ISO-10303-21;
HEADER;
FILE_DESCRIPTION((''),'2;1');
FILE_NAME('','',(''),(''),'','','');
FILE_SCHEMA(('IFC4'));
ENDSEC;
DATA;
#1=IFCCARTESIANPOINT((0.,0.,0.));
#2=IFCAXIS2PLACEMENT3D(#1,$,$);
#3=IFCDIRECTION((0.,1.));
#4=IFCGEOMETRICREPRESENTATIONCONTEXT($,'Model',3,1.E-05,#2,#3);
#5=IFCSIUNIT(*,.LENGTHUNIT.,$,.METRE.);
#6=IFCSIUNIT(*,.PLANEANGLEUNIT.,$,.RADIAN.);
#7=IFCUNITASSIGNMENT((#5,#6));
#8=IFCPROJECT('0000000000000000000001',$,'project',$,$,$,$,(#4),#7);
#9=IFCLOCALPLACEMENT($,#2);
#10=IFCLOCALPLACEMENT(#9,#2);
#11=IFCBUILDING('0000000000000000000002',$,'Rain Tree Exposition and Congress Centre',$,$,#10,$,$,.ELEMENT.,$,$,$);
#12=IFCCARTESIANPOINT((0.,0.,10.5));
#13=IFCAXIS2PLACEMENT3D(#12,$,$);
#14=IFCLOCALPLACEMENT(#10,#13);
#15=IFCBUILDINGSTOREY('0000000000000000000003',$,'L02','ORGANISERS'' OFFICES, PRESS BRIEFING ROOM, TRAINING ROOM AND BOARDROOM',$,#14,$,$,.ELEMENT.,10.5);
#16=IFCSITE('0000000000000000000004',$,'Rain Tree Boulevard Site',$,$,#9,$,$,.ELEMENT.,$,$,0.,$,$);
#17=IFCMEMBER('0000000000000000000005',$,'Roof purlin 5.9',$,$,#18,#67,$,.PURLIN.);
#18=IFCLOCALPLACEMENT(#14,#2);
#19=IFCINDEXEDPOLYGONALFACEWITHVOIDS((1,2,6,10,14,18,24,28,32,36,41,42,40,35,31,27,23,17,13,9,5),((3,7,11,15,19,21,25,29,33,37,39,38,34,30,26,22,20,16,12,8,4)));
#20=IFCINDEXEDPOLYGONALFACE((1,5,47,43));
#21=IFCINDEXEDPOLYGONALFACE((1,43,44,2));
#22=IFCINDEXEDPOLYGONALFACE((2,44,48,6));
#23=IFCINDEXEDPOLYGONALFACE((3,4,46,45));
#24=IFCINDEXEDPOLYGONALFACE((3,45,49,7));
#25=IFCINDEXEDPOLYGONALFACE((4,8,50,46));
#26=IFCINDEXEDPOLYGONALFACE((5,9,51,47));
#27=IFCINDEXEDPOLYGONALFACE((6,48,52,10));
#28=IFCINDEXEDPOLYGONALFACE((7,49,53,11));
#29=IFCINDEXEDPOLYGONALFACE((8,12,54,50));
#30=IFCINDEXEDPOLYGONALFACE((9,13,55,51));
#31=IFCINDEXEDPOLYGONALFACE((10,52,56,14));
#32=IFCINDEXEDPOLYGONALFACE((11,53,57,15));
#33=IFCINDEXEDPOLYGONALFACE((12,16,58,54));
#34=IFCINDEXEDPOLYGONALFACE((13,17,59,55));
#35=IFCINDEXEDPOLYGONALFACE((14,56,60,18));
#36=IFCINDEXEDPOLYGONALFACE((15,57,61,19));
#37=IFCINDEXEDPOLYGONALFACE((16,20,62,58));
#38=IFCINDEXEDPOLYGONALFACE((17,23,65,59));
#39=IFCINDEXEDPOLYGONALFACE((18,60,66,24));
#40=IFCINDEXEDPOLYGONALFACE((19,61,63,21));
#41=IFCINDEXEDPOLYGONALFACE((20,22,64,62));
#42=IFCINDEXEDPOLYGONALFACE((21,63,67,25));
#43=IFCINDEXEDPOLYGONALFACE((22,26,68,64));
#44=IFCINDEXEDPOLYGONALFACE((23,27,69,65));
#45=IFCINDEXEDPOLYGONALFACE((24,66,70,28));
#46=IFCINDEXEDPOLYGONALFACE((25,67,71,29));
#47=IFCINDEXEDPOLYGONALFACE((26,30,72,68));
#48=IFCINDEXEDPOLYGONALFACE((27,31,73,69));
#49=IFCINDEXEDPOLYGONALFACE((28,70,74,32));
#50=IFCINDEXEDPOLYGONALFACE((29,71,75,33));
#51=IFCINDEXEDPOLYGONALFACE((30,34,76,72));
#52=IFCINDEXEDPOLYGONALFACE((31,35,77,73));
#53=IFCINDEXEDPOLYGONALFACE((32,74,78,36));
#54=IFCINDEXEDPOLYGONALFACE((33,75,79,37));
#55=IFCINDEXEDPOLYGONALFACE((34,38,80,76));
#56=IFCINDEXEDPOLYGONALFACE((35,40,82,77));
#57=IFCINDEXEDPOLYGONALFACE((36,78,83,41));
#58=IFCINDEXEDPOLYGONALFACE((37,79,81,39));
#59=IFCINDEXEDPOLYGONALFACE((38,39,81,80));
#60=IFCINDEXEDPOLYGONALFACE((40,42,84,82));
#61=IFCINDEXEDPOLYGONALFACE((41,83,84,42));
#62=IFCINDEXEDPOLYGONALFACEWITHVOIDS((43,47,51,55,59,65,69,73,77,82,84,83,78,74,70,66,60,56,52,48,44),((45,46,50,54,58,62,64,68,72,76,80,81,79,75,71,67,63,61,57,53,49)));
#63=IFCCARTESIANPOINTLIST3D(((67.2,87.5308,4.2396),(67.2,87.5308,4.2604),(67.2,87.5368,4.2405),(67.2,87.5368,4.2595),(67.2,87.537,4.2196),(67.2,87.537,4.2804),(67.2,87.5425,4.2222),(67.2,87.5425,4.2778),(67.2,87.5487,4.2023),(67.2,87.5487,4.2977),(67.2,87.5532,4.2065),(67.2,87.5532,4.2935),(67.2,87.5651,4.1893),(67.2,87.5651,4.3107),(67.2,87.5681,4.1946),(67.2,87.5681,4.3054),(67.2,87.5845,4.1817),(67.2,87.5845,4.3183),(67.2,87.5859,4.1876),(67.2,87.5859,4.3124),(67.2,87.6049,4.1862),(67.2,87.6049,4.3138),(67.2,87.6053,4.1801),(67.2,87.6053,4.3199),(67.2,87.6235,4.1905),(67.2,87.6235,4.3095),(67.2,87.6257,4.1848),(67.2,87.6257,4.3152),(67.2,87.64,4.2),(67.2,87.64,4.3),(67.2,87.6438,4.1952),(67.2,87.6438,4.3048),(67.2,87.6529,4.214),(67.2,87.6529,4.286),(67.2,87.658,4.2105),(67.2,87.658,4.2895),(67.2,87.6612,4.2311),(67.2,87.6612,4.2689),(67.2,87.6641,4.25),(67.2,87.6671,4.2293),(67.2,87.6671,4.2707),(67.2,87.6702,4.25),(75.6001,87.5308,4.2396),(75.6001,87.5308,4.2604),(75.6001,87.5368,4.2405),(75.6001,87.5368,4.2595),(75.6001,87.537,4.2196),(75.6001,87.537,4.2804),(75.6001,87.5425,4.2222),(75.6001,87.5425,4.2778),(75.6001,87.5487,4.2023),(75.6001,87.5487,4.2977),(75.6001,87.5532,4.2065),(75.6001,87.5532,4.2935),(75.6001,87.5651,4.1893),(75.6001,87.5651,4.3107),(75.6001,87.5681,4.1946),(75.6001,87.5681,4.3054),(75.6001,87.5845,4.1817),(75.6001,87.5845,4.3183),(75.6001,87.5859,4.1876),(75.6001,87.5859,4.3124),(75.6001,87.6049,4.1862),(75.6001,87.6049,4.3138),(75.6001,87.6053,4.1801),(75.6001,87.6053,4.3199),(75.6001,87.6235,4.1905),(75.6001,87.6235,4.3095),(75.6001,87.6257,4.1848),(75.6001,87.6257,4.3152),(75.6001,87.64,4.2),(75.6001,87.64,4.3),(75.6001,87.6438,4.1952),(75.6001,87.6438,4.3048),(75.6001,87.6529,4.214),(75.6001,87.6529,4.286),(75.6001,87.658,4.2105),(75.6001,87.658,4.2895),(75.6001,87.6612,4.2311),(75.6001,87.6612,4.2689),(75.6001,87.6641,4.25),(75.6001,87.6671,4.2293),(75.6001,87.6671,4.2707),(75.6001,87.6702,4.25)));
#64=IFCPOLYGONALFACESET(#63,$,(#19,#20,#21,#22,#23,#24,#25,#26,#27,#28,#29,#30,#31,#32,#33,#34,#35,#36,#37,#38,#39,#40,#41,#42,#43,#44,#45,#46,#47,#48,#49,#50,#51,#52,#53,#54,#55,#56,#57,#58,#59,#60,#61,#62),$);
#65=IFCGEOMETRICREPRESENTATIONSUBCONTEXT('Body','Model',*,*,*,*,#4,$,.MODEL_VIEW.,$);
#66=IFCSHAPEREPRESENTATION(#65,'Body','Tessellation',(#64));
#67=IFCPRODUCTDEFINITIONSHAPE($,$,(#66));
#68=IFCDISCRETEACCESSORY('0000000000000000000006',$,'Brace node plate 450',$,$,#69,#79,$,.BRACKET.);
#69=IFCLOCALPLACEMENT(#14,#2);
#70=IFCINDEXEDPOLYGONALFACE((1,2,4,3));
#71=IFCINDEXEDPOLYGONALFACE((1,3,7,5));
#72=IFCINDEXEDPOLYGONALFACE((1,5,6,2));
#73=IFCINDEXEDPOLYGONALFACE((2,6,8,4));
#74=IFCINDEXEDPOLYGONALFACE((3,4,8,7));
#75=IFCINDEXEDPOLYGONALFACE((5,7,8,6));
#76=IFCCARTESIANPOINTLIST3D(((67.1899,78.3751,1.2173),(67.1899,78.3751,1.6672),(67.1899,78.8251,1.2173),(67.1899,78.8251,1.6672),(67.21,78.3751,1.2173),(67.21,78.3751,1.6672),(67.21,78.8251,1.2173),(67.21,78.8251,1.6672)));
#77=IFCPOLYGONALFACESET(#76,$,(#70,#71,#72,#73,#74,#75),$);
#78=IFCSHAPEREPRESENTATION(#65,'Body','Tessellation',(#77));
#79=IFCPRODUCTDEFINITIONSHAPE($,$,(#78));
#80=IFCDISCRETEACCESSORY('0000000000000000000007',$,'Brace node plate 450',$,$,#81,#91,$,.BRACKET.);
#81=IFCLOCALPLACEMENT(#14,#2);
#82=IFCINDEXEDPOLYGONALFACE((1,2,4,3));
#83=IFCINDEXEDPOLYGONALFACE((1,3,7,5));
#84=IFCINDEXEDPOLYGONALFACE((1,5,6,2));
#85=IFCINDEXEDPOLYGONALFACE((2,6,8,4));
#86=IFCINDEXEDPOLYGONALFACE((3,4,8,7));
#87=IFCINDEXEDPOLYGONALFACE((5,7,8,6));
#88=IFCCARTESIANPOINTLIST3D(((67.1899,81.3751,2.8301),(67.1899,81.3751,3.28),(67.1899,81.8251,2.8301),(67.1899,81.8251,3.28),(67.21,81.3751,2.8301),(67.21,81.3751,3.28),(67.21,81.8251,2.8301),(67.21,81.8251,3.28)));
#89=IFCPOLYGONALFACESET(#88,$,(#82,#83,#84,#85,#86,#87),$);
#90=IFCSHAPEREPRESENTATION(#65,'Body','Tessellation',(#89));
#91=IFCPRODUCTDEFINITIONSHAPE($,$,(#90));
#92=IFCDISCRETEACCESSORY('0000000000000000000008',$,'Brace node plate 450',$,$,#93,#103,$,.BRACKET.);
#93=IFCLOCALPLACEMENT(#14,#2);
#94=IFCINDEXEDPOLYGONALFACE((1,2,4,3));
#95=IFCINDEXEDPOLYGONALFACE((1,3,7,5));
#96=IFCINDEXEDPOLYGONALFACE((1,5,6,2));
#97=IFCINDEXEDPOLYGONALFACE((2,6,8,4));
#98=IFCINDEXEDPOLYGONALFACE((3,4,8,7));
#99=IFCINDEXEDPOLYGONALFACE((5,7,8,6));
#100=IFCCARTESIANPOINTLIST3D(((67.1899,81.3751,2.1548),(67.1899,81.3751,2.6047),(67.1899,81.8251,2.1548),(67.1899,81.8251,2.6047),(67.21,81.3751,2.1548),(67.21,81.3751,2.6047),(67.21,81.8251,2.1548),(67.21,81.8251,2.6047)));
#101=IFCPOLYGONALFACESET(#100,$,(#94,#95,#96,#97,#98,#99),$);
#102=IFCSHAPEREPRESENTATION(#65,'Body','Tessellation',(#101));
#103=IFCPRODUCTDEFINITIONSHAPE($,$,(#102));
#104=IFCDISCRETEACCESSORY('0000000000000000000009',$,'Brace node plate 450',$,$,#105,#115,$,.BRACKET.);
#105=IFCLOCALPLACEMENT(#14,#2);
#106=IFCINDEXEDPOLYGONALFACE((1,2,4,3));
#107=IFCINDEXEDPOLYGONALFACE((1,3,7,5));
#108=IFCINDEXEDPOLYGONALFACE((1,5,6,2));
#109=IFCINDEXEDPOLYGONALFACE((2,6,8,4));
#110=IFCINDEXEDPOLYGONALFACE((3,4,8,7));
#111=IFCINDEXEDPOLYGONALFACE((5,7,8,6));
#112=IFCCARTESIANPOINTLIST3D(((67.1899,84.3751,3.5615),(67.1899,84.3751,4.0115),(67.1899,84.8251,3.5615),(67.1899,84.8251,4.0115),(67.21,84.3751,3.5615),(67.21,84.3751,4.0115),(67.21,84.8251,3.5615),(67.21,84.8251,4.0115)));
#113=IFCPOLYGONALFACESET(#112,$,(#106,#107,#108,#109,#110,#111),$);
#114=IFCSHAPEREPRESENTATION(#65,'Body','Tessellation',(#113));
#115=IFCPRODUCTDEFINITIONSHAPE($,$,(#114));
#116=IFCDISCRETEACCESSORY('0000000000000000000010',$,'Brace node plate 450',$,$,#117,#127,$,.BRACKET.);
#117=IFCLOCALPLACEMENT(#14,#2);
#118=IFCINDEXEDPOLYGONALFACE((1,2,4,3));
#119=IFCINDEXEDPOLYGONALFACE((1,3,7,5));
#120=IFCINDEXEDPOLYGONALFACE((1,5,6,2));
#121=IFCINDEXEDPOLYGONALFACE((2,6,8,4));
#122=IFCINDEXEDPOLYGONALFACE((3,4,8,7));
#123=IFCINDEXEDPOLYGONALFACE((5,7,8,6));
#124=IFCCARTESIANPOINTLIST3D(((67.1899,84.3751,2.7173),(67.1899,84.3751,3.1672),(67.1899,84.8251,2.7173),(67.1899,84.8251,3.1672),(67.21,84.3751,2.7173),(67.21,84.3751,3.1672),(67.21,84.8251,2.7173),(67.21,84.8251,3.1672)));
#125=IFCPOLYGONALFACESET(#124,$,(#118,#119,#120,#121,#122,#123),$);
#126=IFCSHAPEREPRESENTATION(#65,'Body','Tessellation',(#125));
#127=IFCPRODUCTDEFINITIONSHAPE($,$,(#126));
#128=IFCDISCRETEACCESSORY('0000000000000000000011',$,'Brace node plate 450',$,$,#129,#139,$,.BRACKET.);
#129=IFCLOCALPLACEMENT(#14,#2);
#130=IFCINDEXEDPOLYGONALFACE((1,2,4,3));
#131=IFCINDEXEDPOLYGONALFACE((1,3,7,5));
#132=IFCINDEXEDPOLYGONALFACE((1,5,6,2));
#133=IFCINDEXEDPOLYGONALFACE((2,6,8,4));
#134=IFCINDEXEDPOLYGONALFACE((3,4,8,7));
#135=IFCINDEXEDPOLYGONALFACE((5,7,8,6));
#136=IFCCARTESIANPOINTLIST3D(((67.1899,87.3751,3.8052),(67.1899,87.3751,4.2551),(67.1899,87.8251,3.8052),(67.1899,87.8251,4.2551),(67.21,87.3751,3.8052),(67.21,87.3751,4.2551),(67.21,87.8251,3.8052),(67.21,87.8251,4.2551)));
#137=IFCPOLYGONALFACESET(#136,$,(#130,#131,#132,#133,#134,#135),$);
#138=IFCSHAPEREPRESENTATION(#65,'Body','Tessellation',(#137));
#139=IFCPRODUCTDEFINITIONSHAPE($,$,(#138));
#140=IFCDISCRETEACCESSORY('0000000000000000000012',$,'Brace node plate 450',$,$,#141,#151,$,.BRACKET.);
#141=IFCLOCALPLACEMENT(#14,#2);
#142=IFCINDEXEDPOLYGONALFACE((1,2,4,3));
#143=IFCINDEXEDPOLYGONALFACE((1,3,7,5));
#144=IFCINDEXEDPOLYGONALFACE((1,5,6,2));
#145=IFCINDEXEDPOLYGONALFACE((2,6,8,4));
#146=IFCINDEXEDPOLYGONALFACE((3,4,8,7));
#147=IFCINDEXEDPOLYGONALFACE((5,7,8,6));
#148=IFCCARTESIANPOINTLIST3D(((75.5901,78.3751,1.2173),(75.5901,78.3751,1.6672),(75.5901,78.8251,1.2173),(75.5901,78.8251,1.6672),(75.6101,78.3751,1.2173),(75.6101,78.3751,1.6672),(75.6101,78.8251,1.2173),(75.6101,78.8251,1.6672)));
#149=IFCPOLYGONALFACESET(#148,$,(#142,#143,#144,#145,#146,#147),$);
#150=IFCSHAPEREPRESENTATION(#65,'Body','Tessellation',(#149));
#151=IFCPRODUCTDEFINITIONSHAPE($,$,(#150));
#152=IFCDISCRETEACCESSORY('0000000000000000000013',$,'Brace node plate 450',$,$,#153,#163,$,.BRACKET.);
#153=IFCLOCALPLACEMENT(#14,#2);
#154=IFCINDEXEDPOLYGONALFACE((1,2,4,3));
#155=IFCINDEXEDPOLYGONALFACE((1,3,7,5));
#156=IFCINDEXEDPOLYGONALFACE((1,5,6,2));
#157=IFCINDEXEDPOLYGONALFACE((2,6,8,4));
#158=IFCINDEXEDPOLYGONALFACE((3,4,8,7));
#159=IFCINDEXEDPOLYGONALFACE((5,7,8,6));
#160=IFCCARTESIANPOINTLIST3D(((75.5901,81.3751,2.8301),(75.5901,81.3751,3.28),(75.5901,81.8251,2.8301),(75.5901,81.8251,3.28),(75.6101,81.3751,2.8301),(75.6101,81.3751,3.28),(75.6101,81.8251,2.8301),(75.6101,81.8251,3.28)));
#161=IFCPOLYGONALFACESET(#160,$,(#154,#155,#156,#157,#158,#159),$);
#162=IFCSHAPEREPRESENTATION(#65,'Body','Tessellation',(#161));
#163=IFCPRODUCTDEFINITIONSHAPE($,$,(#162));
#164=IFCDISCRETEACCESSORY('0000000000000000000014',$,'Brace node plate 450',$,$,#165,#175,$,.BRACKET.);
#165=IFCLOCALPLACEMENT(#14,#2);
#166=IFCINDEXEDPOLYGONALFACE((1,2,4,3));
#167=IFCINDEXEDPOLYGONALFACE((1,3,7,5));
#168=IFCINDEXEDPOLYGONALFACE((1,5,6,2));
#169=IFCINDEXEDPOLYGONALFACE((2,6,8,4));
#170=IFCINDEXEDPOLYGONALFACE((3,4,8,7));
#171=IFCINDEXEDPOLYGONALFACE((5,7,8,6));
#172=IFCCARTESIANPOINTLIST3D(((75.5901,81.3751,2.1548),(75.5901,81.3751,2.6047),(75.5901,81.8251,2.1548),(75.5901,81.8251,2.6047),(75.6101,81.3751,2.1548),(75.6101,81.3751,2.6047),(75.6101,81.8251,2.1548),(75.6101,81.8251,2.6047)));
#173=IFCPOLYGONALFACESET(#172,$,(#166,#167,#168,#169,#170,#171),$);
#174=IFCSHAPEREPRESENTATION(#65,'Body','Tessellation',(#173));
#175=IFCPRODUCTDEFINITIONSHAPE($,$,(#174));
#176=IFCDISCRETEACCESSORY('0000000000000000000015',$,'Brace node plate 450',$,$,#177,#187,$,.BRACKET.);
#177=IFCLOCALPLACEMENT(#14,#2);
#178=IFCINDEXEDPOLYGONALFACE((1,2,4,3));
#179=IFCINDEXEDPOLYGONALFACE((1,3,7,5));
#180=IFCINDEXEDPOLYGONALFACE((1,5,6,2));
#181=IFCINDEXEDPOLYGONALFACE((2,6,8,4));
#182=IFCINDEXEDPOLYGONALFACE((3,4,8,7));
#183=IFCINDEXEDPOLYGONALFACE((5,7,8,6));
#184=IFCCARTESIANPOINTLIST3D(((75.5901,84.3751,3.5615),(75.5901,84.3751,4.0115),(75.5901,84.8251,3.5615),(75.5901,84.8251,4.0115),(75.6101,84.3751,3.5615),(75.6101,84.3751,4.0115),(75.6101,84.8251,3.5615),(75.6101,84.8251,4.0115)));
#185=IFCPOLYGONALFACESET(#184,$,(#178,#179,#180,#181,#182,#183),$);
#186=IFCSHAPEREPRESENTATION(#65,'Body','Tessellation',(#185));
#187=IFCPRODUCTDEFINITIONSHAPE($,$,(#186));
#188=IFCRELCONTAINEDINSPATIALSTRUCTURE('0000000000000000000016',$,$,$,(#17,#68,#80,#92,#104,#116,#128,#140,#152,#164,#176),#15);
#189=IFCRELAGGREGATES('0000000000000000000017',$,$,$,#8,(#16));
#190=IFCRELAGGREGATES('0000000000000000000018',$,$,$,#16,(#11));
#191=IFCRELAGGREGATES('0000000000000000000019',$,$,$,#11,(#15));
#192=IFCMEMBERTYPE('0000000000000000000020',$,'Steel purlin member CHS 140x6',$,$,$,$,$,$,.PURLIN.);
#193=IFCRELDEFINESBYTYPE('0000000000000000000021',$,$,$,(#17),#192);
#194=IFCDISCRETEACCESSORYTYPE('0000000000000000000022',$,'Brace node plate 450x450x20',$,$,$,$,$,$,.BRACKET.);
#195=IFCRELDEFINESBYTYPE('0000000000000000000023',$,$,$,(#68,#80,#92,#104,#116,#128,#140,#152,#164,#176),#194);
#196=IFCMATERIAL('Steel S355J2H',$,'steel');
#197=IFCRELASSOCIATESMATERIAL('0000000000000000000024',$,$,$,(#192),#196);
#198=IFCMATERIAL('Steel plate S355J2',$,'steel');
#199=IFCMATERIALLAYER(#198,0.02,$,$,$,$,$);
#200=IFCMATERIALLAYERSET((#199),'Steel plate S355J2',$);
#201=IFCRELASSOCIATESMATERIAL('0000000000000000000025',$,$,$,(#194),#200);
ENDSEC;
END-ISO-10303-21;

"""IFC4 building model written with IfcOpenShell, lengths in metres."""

from ifc_helpers import new_model, si_unit, direction, frame, origin, origin_2d, place, context, subcontext, project, spatial, rectangle, hollow_circle, extrude, material, layer, layer_set, material_profile, profile_set, type_object, element, save


model = new_model("IFC4")

# Units and contexts
model_context = context("Model", 3, precision=1e-05, world=origin(), true_north=direction((0.0, 1.0)))
body_context = subcontext(model_context, "Body", "Model", "MODEL_VIEW")
ifc_project = project(units=[si_unit("LENGTHUNIT", "METRE"), si_unit("PLANEANGLEUNIT", "RADIAN")], contexts=[model_context])

# Site, building, storey
site_placement = place(None, origin())
site = spatial("IfcSite", under=ifc_project, at=site_placement, Name="Rain Tree Boulevard Site", CompositionType="ELEMENT", RefElevation=0.0)
building_placement = place(site_placement, origin())
building = spatial("IfcBuilding", under=site, at=building_placement, Name="Rain Tree Exposition and Congress Centre", CompositionType="ELEMENT")
storey_placement = place(building_placement, frame((0.0, 0.0, 10.5)))
storey = spatial("IfcBuildingStorey", under=building, at=storey_placement, Name="L02", Description="ORGANISERS' OFFICES, PRESS BRIEFING ROOM, TRAINING ROOM AND BOARDROOM", CompositionType="ELEMENT", Elevation=10.5)

# Member
ifc_material_1 = material(Name="Steel S355J2H", Category="steel")
ifc_material_profile_1 = material_profile(ifc_material_1, hollow_circle(Radius=0.0701, WallThickness=0.0061, at=origin_2d()), Name="CHS 140x6")
ifc_profile_set_1 = profile_set([ifc_material_profile_1], Name="Steel S355J2H")
member_type_1 = type_object("IfcMemberType", Name="Steel purlin member CHS 140x6", PredefinedType="PURLIN", material=ifc_profile_set_1)
member_1_placement = place(storey_placement, frame((67.2, 87.6001, 4.25), z_axis=(1.0, 0.0, 0.0), x_axis=(0.0, 1.0, 0.0)))
element("IfcMember", 1, at=member_1_placement, inside=storey, type_object=member_type_1, Name="Roof purlin 5.9", PredefinedType="PURLIN", context=body_context, shape_type="SweptSolid", body=[
    extrude(hollow_circle(Radius=0.0701, WallThickness=0.0061, at=origin_2d()), origin(), (0.0, 0.0, 1.0), 8.4001),
])

# Discrete accessories
ifc_material_2 = material(Name="Steel plate S355J2", Category="steel")
ifc_layer = layer(ifc_material_2, 0.02)
ifc_layer_set = layer_set([ifc_layer], Name="Steel plate S355J2")
discrete_accessory_type = type_object("IfcDiscreteAccessoryType", Name="Brace node plate 450x450x20", PredefinedType="BRACKET", material=ifc_layer_set)
for number, where, z_axis, x_axis, name in (
    (2, (67.2, 78.6001, 1.2173), (0.0, 0.0, 1.0), (0.0, 1.0, 0.0), "Brace node plate 450"),
    (3, (67.2, 81.6001, 2.8301), (0.0, 0.0, 1.0), (0.0, -1.0, 0.0), "Brace node plate 450"),
    (4, (67.2, 81.6001, 2.1548), (0.0, 0.0, 1.0), (0.0, 1.0, 0.0), "Brace node plate 450"),
    (5, (67.2, 84.6001, 3.5615), (0.0, 0.0, 1.0), (0.0, -1.0, 0.0), "Brace node plate 450"),
    (6, (67.2, 84.6001, 2.7173), (0.0, 0.0, 1.0), (0.0, 1.0, 0.0), "Brace node plate 450"),
    (7, (67.2, 87.6001, 3.8052), (0.0, 0.0, 1.0), (0.0, 1.0, 0.0), "Brace node plate 450"),
    (8, (75.6001, 78.6001, 1.2173), (0.0, 0.0, 1.0), (0.0, 1.0, 0.0), "Brace node plate 450"),
    (9, (75.6001, 81.6001, 2.8301), (0.0, 0.0, 1.0), (0.0, -1.0, 0.0), "Brace node plate 450"),
    (10, (75.6001, 81.6001, 2.1548), (0.0, 0.0, 1.0), (0.0, 1.0, 0.0), "Brace node plate 450"),
    (11, (75.6001, 84.6001, 3.5615), (0.0, 0.0, 1.0), (0.0, -1.0, 0.0), "Brace node plate 450"),
):
    element("IfcDiscreteAccessory", number, at=place(storey_placement, frame(where, z_axis=z_axis, x_axis=x_axis)), inside=storey, type_object=discrete_accessory_type, Name=name, PredefinedType="BRACKET", context=body_context, shape_type="SweptSolid", body=[
        extrude(rectangle(XDim=0.45, YDim=0.02, at=origin_2d()), origin(), (0.0, 0.0, 1.0), 0.45),
    ])

save(model, "model.ifc")
